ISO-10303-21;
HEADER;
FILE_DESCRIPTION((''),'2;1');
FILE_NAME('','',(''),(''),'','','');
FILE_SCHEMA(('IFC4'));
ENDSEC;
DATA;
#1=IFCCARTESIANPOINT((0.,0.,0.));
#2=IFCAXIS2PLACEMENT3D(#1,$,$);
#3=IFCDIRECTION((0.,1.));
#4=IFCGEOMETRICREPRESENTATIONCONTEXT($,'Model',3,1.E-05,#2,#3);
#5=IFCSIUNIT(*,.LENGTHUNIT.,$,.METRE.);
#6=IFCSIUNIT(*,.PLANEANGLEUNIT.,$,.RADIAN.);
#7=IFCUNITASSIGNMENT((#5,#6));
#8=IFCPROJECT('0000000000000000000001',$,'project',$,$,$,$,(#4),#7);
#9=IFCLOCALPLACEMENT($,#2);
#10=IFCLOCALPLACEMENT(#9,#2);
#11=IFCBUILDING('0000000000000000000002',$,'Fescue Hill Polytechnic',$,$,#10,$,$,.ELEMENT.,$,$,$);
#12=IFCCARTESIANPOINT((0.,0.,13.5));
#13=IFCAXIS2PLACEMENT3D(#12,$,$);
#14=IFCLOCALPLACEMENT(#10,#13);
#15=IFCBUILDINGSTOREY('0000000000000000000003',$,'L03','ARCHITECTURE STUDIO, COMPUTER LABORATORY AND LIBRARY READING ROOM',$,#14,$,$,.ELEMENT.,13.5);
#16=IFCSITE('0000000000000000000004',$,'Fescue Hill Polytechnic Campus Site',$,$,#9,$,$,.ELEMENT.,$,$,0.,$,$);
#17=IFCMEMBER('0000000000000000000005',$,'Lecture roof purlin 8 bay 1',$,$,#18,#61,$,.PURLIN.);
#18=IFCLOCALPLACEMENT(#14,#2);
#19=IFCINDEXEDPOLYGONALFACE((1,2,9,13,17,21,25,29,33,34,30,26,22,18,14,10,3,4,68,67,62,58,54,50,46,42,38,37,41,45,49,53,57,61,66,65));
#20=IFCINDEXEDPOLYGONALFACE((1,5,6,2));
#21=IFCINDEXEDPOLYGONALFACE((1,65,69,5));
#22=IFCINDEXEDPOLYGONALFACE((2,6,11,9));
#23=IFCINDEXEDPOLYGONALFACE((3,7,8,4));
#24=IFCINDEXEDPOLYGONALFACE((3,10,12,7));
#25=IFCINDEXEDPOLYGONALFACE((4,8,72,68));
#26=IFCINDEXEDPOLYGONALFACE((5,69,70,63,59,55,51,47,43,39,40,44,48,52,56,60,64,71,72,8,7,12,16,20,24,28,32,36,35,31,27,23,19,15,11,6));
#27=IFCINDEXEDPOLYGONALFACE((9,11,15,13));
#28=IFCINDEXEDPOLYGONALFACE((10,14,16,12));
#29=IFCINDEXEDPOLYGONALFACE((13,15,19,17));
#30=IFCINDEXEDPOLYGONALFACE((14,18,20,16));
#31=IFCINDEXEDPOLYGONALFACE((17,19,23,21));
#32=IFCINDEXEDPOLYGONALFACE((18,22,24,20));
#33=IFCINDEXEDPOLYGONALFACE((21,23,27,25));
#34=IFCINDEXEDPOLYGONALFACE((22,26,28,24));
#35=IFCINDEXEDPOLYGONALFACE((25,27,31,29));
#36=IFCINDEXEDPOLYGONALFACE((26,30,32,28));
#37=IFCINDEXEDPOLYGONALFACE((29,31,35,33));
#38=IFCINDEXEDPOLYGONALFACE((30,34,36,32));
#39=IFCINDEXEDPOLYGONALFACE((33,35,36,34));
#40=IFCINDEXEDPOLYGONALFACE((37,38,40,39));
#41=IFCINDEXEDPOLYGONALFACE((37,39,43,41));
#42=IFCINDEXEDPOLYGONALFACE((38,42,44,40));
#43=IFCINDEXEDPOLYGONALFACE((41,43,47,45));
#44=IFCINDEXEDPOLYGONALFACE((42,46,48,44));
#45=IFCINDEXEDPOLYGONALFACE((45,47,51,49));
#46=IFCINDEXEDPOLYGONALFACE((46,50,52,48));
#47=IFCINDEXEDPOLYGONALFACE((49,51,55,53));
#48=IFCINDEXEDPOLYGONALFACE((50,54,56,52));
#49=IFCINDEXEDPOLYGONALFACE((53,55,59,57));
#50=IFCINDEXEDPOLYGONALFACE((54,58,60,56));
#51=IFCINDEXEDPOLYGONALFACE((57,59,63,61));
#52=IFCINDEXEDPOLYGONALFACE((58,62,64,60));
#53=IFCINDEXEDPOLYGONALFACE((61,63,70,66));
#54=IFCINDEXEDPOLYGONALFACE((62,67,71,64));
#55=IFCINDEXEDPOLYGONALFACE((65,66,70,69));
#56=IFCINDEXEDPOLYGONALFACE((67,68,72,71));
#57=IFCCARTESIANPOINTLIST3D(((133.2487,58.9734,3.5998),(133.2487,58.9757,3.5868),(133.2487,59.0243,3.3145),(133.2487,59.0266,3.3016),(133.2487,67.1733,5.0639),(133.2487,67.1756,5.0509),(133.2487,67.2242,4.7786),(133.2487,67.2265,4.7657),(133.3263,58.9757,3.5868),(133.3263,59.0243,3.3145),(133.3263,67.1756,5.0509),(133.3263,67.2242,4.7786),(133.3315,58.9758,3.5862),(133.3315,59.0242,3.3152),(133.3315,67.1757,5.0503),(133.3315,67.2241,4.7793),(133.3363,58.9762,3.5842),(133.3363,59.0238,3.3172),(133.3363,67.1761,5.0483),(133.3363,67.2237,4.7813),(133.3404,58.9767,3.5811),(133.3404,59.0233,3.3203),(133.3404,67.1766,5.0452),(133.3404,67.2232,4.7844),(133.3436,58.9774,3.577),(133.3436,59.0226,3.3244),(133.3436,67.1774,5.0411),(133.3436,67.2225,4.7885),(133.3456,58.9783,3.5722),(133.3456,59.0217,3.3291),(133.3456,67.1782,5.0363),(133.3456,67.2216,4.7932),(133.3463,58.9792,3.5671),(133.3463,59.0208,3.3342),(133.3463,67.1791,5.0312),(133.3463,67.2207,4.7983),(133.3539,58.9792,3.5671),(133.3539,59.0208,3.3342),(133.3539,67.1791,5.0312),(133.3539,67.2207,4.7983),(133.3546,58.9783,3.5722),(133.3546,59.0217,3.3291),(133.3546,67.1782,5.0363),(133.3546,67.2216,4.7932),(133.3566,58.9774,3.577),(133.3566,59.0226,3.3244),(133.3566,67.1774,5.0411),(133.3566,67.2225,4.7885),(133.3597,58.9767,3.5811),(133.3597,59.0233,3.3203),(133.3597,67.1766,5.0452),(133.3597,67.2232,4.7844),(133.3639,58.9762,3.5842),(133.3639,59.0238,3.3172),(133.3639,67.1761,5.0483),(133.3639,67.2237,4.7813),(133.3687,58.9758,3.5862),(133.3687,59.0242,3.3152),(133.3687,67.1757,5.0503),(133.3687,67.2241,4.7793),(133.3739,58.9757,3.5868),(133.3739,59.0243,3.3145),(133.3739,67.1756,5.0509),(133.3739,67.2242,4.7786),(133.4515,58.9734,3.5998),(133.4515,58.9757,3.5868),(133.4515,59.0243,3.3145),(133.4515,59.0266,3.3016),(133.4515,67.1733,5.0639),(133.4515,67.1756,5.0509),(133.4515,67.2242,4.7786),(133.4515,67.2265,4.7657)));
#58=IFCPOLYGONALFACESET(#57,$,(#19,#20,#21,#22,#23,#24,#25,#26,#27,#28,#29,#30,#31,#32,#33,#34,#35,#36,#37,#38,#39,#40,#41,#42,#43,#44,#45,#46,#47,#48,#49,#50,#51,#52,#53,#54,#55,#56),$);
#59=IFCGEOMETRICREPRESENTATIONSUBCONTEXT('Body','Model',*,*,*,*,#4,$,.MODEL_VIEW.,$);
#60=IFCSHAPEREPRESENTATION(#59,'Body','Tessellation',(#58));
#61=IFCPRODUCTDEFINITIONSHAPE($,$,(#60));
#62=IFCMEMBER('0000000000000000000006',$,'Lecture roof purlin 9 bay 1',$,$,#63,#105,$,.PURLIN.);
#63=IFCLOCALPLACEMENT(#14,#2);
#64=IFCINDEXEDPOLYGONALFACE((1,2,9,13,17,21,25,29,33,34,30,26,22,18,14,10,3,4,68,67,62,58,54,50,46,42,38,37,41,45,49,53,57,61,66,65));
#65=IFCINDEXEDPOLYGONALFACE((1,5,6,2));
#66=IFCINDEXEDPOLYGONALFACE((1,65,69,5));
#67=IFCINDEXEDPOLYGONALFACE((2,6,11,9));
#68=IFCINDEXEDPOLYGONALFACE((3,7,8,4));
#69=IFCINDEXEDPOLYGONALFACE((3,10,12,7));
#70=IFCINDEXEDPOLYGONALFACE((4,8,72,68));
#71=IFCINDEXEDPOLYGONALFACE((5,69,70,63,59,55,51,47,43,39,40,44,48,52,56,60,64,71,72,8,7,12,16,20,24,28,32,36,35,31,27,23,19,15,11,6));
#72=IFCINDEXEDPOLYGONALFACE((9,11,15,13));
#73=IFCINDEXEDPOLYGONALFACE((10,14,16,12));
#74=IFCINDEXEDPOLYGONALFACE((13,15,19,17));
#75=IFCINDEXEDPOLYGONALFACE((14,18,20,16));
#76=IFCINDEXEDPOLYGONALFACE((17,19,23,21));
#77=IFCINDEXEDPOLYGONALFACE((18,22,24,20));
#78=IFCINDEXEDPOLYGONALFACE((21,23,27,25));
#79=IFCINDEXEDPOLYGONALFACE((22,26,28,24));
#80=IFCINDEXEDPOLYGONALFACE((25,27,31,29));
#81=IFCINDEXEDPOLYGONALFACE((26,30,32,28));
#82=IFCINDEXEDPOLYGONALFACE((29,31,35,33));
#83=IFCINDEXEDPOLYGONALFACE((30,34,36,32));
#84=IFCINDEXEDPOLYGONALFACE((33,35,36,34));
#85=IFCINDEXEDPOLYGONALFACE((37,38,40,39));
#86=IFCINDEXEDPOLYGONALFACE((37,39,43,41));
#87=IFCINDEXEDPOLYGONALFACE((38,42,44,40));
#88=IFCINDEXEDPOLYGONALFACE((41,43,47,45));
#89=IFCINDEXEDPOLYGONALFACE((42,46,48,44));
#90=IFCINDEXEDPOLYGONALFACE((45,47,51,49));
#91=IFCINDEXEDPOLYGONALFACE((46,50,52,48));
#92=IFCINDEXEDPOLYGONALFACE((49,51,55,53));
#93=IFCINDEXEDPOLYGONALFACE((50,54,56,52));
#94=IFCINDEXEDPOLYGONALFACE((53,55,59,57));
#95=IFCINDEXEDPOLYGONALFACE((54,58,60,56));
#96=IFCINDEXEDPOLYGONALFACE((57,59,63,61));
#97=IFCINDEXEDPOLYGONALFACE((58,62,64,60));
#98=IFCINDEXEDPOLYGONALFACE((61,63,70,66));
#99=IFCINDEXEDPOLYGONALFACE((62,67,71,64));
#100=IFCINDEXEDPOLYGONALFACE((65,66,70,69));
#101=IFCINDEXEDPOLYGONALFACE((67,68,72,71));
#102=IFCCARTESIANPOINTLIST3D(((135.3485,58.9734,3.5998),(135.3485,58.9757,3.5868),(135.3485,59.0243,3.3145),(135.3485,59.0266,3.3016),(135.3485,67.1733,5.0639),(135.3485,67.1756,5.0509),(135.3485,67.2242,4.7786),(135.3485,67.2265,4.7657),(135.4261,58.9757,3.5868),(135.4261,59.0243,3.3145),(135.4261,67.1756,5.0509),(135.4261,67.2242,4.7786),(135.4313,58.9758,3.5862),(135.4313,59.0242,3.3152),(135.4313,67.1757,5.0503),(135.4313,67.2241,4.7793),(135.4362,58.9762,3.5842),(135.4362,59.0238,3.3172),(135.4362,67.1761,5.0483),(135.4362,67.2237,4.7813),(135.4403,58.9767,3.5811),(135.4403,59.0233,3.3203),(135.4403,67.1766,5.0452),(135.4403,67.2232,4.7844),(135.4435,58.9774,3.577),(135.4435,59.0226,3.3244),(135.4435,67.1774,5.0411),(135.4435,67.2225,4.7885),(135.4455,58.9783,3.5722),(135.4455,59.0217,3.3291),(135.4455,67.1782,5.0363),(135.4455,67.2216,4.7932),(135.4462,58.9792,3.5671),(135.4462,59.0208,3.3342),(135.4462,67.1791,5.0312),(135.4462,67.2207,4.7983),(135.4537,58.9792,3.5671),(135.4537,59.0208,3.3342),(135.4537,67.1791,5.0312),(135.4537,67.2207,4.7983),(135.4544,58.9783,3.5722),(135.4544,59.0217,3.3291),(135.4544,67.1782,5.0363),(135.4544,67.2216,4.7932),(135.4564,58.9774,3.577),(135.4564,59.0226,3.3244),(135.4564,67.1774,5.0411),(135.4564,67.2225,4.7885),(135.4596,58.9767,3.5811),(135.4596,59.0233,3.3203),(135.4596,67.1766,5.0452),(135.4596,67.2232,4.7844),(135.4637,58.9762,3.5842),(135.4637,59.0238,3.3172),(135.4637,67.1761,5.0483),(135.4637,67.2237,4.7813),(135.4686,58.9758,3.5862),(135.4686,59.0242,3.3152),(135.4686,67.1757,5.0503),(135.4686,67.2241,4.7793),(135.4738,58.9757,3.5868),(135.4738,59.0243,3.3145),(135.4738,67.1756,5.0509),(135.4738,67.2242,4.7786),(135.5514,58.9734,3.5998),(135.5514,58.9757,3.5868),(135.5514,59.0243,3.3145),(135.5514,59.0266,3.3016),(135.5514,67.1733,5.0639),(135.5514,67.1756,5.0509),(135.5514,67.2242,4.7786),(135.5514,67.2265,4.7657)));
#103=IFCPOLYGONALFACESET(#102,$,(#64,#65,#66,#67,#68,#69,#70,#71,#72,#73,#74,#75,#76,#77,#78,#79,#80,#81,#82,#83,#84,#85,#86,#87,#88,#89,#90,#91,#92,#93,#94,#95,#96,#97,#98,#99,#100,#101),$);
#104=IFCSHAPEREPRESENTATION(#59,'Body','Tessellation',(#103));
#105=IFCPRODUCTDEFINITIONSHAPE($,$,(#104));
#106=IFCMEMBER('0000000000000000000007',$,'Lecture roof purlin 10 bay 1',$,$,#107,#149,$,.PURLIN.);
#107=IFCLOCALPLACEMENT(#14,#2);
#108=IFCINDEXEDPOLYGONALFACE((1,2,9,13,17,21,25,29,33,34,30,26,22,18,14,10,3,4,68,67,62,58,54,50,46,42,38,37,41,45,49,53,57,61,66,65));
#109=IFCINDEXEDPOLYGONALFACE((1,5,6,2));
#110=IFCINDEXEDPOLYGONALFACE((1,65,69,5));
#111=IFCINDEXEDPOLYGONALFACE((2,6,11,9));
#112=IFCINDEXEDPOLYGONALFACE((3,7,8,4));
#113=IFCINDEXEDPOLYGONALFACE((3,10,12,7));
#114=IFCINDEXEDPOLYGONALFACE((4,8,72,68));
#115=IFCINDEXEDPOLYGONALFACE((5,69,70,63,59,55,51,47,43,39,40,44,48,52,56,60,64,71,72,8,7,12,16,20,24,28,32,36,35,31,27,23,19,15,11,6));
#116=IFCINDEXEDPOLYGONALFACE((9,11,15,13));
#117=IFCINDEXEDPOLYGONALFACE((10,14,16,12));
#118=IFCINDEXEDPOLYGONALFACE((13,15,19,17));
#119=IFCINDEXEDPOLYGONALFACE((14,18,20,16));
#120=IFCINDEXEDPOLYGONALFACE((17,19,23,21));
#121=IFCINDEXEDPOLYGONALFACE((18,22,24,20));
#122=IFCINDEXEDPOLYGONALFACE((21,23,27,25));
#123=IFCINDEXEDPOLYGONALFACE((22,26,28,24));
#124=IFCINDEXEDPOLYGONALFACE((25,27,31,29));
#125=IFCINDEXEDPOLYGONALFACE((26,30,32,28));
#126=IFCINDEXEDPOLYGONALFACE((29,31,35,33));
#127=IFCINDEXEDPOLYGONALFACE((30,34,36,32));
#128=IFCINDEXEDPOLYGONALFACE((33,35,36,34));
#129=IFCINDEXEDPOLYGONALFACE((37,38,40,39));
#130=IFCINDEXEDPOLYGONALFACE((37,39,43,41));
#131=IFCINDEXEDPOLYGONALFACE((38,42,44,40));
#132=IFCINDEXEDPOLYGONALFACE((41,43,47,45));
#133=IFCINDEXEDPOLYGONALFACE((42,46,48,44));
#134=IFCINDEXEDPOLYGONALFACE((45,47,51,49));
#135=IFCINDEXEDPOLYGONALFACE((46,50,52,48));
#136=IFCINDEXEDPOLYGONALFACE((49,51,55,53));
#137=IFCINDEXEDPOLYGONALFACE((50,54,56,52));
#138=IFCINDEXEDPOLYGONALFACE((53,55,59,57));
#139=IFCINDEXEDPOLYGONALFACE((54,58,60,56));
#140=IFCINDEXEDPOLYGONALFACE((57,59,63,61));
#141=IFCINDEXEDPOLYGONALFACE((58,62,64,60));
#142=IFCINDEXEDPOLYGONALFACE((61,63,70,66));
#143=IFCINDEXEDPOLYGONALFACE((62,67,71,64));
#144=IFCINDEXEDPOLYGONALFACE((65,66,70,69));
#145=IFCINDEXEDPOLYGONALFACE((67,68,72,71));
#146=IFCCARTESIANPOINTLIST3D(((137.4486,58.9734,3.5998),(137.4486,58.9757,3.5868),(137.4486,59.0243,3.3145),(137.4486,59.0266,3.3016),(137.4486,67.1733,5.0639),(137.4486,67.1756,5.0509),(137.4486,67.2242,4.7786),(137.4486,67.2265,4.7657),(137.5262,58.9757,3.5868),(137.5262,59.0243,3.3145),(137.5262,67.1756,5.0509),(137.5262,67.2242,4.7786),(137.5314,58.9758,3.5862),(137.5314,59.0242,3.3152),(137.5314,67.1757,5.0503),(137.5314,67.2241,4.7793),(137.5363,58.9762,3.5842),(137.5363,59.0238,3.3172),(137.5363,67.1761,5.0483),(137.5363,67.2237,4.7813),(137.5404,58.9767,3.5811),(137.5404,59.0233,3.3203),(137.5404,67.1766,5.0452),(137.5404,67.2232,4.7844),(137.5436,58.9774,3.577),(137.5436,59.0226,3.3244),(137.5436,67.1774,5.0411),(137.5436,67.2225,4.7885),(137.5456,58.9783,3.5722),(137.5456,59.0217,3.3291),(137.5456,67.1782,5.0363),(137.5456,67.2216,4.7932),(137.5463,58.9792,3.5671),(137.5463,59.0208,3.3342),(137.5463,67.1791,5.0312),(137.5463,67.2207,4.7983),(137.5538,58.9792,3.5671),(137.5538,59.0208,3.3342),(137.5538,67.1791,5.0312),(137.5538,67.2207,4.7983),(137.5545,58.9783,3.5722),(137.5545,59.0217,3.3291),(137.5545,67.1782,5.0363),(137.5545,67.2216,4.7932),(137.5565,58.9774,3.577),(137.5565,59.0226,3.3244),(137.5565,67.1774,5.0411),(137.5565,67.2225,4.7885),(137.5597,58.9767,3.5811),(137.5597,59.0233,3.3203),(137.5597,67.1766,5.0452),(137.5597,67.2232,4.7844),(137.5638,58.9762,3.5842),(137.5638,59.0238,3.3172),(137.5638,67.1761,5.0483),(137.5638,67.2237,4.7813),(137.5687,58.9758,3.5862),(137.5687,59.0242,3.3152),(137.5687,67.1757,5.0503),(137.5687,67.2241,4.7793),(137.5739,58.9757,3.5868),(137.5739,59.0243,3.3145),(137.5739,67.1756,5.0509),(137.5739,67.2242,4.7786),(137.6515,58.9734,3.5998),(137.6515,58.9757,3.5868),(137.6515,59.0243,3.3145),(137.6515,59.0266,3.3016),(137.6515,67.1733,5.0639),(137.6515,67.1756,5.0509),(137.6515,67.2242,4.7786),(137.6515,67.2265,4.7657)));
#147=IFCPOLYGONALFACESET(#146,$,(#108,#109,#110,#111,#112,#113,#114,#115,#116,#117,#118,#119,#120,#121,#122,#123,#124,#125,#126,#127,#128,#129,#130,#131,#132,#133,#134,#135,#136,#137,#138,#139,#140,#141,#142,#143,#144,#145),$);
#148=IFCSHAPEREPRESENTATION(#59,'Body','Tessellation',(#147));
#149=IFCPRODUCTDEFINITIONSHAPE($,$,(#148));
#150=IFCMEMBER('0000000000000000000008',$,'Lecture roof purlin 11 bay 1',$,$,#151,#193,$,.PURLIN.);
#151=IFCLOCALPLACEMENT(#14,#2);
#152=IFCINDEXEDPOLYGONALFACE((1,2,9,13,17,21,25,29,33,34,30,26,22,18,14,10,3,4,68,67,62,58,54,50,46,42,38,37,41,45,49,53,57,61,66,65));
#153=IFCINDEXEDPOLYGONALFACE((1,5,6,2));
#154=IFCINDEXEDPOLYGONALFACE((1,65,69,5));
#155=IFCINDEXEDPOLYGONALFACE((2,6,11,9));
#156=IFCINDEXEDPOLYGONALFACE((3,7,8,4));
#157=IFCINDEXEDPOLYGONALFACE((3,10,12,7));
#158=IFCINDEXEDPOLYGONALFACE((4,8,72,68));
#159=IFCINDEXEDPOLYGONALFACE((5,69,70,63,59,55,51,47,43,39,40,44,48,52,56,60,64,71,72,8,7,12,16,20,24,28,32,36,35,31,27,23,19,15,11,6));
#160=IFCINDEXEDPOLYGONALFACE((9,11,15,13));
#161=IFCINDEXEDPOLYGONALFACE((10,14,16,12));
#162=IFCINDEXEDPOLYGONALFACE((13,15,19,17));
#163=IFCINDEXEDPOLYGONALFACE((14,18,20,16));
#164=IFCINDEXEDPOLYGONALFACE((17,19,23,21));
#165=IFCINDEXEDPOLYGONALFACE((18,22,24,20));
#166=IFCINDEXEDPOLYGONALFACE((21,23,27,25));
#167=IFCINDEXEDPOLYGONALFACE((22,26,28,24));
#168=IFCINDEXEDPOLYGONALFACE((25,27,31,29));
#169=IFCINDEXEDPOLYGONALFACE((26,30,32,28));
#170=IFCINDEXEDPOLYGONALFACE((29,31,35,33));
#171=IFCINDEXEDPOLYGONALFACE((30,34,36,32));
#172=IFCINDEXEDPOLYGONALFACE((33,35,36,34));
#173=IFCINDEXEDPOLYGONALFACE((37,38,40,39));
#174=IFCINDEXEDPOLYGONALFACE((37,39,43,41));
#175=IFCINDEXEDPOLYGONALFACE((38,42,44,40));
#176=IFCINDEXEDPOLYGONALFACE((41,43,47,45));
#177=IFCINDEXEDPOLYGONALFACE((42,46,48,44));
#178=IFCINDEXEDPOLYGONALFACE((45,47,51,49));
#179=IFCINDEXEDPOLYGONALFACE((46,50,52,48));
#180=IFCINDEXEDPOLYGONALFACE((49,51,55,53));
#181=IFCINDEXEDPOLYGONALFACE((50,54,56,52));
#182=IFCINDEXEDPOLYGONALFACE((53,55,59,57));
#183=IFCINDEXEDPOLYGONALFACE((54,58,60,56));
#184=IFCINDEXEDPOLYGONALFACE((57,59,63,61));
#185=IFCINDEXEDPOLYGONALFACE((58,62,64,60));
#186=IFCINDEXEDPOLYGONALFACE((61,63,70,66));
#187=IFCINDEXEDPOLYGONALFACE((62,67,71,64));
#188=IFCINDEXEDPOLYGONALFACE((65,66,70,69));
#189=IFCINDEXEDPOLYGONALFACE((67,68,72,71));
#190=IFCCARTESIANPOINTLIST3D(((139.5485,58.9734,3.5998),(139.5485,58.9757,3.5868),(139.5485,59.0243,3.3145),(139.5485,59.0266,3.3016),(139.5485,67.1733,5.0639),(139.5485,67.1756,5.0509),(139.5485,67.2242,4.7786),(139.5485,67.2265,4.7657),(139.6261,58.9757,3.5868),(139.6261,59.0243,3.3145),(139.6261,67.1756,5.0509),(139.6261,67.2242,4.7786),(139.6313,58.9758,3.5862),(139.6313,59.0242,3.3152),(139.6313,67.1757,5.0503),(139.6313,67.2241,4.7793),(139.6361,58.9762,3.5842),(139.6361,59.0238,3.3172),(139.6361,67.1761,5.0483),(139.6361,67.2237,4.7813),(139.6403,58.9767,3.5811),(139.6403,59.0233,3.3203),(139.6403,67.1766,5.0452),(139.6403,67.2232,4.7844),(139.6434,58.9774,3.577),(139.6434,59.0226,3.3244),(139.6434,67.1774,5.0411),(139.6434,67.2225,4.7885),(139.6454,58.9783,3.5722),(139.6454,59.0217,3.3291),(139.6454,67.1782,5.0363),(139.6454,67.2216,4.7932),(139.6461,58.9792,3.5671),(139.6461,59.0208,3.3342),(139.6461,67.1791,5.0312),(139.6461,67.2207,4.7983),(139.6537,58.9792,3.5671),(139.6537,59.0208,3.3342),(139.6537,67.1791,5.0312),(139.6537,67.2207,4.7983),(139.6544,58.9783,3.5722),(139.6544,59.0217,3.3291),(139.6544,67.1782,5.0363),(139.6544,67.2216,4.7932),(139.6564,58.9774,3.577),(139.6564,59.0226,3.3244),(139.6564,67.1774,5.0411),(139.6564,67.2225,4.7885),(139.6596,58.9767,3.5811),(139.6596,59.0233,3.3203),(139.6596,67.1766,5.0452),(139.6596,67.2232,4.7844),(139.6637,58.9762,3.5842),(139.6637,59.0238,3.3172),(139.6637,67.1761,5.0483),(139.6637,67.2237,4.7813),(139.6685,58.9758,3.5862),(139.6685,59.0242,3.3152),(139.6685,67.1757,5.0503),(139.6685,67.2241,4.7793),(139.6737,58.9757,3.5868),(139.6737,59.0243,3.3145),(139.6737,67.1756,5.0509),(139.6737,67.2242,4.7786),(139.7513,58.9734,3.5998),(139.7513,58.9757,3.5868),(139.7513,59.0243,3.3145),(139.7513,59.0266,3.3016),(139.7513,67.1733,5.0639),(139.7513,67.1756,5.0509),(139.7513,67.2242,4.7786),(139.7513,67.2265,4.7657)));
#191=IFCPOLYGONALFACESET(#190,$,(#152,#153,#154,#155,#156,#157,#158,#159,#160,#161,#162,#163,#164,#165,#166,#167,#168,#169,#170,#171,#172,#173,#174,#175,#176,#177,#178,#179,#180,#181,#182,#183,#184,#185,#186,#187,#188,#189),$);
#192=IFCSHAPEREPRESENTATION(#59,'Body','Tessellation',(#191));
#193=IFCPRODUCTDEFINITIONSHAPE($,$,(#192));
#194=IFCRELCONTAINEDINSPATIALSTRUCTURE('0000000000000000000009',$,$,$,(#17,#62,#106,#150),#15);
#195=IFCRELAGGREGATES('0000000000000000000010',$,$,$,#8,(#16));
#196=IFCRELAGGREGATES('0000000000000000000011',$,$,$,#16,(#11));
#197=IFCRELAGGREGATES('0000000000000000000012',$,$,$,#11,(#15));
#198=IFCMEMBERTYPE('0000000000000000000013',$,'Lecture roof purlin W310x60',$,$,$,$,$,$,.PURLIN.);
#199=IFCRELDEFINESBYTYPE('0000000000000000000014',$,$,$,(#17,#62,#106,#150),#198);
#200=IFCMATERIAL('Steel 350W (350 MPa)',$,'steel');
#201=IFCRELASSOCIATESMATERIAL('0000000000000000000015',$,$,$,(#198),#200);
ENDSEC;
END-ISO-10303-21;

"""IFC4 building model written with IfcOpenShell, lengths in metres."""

from ifc_helpers import new_model, si_unit, direction, frame, origin, origin_2d, place, context, subcontext, project, spatial, i_section, extrude, material, material_profile, profile_set, type_object, element, save


model = new_model("IFC4")

# Units and contexts
model_context = context("Model", 3, precision=1e-05, world=origin(), true_north=direction((0.0, 1.0)))
body_context = subcontext(model_context, "Body", "Model", "MODEL_VIEW")
ifc_project = project(units=[si_unit("LENGTHUNIT", "METRE"), si_unit("PLANEANGLEUNIT", "RADIAN")], contexts=[model_context])

# Site, building, storey
site_placement = place(None, origin())
site = spatial("IfcSite", under=ifc_project, at=site_placement, Name="Fescue Hill Polytechnic Campus Site", CompositionType="ELEMENT", RefElevation=0.0)
building_placement = place(site_placement, origin())
building = spatial("IfcBuilding", under=site, at=building_placement, Name="Fescue Hill Polytechnic", CompositionType="ELEMENT")
storey_placement = place(building_placement, frame((0.0, 0.0, 13.5)))
storey = spatial("IfcBuildingStorey", under=building, at=storey_placement, Name="L03", Description="ARCHITECTURE STUDIO, COMPUTER LABORATORY AND LIBRARY READING ROOM", CompositionType="ELEMENT", Elevation=13.5)

# Members
ifc_material_1 = material(Name="Steel 350W (350 MPa)", Category="steel")
ifc_material_profile_1 = material_profile(ifc_material_1, i_section(OverallWidth=0.2029, OverallDepth=0.303, WebThickness=0.0076, FlangeThickness=0.0132, FilletRadius=0.02, at=origin_2d()), Name="W310x60")
ifc_profile_set_1 = profile_set([ifc_material_profile_1], Name="Steel 350W (350 MPa)")
member_type = type_object("IfcMemberType", Name="Lecture roof purlin W310x60", PredefinedType="PURLIN", material=ifc_profile_set_1)
for number, where, z_axis, x_axis, name in (
    (1, (133.3501, 59.0, 3.4507), (0.0, 0.984431, 0.175771), (-1.0, 0.0, 0.0), "Lecture roof purlin 8 bay 1"),
    (2, (135.45, 59.0, 3.4507), (0.0, 0.984431, 0.175771), (-1.0, 0.0, 0.0), "Lecture roof purlin 9 bay 1"),
    (3, (137.55, 59.0, 3.4507), (0.0, 0.984431, 0.175771), (-1.0, 0.0, 0.0), "Lecture roof purlin 10 bay 1"),
    (4, (139.6499, 59.0, 3.4507), (0.0, 0.984431, 0.175771), (-1.0, 0.0, 0.0), "Lecture roof purlin 11 bay 1"),
):
    element("IfcMember", number, at=place(storey_placement, frame(where, z_axis=z_axis, x_axis=x_axis)), inside=storey, type_object=member_type, Name=name, PredefinedType="PURLIN", context=body_context, shape_type="SweptSolid", body=[
        extrude(i_section(OverallWidth=0.2029, OverallDepth=0.303, WebThickness=0.0076, FlangeThickness=0.0132, FilletRadius=0.02, at=origin_2d()), origin(), (0.0, 0.0, 1.0), 8.3296),
    ])

save(model, "model.ifc")
